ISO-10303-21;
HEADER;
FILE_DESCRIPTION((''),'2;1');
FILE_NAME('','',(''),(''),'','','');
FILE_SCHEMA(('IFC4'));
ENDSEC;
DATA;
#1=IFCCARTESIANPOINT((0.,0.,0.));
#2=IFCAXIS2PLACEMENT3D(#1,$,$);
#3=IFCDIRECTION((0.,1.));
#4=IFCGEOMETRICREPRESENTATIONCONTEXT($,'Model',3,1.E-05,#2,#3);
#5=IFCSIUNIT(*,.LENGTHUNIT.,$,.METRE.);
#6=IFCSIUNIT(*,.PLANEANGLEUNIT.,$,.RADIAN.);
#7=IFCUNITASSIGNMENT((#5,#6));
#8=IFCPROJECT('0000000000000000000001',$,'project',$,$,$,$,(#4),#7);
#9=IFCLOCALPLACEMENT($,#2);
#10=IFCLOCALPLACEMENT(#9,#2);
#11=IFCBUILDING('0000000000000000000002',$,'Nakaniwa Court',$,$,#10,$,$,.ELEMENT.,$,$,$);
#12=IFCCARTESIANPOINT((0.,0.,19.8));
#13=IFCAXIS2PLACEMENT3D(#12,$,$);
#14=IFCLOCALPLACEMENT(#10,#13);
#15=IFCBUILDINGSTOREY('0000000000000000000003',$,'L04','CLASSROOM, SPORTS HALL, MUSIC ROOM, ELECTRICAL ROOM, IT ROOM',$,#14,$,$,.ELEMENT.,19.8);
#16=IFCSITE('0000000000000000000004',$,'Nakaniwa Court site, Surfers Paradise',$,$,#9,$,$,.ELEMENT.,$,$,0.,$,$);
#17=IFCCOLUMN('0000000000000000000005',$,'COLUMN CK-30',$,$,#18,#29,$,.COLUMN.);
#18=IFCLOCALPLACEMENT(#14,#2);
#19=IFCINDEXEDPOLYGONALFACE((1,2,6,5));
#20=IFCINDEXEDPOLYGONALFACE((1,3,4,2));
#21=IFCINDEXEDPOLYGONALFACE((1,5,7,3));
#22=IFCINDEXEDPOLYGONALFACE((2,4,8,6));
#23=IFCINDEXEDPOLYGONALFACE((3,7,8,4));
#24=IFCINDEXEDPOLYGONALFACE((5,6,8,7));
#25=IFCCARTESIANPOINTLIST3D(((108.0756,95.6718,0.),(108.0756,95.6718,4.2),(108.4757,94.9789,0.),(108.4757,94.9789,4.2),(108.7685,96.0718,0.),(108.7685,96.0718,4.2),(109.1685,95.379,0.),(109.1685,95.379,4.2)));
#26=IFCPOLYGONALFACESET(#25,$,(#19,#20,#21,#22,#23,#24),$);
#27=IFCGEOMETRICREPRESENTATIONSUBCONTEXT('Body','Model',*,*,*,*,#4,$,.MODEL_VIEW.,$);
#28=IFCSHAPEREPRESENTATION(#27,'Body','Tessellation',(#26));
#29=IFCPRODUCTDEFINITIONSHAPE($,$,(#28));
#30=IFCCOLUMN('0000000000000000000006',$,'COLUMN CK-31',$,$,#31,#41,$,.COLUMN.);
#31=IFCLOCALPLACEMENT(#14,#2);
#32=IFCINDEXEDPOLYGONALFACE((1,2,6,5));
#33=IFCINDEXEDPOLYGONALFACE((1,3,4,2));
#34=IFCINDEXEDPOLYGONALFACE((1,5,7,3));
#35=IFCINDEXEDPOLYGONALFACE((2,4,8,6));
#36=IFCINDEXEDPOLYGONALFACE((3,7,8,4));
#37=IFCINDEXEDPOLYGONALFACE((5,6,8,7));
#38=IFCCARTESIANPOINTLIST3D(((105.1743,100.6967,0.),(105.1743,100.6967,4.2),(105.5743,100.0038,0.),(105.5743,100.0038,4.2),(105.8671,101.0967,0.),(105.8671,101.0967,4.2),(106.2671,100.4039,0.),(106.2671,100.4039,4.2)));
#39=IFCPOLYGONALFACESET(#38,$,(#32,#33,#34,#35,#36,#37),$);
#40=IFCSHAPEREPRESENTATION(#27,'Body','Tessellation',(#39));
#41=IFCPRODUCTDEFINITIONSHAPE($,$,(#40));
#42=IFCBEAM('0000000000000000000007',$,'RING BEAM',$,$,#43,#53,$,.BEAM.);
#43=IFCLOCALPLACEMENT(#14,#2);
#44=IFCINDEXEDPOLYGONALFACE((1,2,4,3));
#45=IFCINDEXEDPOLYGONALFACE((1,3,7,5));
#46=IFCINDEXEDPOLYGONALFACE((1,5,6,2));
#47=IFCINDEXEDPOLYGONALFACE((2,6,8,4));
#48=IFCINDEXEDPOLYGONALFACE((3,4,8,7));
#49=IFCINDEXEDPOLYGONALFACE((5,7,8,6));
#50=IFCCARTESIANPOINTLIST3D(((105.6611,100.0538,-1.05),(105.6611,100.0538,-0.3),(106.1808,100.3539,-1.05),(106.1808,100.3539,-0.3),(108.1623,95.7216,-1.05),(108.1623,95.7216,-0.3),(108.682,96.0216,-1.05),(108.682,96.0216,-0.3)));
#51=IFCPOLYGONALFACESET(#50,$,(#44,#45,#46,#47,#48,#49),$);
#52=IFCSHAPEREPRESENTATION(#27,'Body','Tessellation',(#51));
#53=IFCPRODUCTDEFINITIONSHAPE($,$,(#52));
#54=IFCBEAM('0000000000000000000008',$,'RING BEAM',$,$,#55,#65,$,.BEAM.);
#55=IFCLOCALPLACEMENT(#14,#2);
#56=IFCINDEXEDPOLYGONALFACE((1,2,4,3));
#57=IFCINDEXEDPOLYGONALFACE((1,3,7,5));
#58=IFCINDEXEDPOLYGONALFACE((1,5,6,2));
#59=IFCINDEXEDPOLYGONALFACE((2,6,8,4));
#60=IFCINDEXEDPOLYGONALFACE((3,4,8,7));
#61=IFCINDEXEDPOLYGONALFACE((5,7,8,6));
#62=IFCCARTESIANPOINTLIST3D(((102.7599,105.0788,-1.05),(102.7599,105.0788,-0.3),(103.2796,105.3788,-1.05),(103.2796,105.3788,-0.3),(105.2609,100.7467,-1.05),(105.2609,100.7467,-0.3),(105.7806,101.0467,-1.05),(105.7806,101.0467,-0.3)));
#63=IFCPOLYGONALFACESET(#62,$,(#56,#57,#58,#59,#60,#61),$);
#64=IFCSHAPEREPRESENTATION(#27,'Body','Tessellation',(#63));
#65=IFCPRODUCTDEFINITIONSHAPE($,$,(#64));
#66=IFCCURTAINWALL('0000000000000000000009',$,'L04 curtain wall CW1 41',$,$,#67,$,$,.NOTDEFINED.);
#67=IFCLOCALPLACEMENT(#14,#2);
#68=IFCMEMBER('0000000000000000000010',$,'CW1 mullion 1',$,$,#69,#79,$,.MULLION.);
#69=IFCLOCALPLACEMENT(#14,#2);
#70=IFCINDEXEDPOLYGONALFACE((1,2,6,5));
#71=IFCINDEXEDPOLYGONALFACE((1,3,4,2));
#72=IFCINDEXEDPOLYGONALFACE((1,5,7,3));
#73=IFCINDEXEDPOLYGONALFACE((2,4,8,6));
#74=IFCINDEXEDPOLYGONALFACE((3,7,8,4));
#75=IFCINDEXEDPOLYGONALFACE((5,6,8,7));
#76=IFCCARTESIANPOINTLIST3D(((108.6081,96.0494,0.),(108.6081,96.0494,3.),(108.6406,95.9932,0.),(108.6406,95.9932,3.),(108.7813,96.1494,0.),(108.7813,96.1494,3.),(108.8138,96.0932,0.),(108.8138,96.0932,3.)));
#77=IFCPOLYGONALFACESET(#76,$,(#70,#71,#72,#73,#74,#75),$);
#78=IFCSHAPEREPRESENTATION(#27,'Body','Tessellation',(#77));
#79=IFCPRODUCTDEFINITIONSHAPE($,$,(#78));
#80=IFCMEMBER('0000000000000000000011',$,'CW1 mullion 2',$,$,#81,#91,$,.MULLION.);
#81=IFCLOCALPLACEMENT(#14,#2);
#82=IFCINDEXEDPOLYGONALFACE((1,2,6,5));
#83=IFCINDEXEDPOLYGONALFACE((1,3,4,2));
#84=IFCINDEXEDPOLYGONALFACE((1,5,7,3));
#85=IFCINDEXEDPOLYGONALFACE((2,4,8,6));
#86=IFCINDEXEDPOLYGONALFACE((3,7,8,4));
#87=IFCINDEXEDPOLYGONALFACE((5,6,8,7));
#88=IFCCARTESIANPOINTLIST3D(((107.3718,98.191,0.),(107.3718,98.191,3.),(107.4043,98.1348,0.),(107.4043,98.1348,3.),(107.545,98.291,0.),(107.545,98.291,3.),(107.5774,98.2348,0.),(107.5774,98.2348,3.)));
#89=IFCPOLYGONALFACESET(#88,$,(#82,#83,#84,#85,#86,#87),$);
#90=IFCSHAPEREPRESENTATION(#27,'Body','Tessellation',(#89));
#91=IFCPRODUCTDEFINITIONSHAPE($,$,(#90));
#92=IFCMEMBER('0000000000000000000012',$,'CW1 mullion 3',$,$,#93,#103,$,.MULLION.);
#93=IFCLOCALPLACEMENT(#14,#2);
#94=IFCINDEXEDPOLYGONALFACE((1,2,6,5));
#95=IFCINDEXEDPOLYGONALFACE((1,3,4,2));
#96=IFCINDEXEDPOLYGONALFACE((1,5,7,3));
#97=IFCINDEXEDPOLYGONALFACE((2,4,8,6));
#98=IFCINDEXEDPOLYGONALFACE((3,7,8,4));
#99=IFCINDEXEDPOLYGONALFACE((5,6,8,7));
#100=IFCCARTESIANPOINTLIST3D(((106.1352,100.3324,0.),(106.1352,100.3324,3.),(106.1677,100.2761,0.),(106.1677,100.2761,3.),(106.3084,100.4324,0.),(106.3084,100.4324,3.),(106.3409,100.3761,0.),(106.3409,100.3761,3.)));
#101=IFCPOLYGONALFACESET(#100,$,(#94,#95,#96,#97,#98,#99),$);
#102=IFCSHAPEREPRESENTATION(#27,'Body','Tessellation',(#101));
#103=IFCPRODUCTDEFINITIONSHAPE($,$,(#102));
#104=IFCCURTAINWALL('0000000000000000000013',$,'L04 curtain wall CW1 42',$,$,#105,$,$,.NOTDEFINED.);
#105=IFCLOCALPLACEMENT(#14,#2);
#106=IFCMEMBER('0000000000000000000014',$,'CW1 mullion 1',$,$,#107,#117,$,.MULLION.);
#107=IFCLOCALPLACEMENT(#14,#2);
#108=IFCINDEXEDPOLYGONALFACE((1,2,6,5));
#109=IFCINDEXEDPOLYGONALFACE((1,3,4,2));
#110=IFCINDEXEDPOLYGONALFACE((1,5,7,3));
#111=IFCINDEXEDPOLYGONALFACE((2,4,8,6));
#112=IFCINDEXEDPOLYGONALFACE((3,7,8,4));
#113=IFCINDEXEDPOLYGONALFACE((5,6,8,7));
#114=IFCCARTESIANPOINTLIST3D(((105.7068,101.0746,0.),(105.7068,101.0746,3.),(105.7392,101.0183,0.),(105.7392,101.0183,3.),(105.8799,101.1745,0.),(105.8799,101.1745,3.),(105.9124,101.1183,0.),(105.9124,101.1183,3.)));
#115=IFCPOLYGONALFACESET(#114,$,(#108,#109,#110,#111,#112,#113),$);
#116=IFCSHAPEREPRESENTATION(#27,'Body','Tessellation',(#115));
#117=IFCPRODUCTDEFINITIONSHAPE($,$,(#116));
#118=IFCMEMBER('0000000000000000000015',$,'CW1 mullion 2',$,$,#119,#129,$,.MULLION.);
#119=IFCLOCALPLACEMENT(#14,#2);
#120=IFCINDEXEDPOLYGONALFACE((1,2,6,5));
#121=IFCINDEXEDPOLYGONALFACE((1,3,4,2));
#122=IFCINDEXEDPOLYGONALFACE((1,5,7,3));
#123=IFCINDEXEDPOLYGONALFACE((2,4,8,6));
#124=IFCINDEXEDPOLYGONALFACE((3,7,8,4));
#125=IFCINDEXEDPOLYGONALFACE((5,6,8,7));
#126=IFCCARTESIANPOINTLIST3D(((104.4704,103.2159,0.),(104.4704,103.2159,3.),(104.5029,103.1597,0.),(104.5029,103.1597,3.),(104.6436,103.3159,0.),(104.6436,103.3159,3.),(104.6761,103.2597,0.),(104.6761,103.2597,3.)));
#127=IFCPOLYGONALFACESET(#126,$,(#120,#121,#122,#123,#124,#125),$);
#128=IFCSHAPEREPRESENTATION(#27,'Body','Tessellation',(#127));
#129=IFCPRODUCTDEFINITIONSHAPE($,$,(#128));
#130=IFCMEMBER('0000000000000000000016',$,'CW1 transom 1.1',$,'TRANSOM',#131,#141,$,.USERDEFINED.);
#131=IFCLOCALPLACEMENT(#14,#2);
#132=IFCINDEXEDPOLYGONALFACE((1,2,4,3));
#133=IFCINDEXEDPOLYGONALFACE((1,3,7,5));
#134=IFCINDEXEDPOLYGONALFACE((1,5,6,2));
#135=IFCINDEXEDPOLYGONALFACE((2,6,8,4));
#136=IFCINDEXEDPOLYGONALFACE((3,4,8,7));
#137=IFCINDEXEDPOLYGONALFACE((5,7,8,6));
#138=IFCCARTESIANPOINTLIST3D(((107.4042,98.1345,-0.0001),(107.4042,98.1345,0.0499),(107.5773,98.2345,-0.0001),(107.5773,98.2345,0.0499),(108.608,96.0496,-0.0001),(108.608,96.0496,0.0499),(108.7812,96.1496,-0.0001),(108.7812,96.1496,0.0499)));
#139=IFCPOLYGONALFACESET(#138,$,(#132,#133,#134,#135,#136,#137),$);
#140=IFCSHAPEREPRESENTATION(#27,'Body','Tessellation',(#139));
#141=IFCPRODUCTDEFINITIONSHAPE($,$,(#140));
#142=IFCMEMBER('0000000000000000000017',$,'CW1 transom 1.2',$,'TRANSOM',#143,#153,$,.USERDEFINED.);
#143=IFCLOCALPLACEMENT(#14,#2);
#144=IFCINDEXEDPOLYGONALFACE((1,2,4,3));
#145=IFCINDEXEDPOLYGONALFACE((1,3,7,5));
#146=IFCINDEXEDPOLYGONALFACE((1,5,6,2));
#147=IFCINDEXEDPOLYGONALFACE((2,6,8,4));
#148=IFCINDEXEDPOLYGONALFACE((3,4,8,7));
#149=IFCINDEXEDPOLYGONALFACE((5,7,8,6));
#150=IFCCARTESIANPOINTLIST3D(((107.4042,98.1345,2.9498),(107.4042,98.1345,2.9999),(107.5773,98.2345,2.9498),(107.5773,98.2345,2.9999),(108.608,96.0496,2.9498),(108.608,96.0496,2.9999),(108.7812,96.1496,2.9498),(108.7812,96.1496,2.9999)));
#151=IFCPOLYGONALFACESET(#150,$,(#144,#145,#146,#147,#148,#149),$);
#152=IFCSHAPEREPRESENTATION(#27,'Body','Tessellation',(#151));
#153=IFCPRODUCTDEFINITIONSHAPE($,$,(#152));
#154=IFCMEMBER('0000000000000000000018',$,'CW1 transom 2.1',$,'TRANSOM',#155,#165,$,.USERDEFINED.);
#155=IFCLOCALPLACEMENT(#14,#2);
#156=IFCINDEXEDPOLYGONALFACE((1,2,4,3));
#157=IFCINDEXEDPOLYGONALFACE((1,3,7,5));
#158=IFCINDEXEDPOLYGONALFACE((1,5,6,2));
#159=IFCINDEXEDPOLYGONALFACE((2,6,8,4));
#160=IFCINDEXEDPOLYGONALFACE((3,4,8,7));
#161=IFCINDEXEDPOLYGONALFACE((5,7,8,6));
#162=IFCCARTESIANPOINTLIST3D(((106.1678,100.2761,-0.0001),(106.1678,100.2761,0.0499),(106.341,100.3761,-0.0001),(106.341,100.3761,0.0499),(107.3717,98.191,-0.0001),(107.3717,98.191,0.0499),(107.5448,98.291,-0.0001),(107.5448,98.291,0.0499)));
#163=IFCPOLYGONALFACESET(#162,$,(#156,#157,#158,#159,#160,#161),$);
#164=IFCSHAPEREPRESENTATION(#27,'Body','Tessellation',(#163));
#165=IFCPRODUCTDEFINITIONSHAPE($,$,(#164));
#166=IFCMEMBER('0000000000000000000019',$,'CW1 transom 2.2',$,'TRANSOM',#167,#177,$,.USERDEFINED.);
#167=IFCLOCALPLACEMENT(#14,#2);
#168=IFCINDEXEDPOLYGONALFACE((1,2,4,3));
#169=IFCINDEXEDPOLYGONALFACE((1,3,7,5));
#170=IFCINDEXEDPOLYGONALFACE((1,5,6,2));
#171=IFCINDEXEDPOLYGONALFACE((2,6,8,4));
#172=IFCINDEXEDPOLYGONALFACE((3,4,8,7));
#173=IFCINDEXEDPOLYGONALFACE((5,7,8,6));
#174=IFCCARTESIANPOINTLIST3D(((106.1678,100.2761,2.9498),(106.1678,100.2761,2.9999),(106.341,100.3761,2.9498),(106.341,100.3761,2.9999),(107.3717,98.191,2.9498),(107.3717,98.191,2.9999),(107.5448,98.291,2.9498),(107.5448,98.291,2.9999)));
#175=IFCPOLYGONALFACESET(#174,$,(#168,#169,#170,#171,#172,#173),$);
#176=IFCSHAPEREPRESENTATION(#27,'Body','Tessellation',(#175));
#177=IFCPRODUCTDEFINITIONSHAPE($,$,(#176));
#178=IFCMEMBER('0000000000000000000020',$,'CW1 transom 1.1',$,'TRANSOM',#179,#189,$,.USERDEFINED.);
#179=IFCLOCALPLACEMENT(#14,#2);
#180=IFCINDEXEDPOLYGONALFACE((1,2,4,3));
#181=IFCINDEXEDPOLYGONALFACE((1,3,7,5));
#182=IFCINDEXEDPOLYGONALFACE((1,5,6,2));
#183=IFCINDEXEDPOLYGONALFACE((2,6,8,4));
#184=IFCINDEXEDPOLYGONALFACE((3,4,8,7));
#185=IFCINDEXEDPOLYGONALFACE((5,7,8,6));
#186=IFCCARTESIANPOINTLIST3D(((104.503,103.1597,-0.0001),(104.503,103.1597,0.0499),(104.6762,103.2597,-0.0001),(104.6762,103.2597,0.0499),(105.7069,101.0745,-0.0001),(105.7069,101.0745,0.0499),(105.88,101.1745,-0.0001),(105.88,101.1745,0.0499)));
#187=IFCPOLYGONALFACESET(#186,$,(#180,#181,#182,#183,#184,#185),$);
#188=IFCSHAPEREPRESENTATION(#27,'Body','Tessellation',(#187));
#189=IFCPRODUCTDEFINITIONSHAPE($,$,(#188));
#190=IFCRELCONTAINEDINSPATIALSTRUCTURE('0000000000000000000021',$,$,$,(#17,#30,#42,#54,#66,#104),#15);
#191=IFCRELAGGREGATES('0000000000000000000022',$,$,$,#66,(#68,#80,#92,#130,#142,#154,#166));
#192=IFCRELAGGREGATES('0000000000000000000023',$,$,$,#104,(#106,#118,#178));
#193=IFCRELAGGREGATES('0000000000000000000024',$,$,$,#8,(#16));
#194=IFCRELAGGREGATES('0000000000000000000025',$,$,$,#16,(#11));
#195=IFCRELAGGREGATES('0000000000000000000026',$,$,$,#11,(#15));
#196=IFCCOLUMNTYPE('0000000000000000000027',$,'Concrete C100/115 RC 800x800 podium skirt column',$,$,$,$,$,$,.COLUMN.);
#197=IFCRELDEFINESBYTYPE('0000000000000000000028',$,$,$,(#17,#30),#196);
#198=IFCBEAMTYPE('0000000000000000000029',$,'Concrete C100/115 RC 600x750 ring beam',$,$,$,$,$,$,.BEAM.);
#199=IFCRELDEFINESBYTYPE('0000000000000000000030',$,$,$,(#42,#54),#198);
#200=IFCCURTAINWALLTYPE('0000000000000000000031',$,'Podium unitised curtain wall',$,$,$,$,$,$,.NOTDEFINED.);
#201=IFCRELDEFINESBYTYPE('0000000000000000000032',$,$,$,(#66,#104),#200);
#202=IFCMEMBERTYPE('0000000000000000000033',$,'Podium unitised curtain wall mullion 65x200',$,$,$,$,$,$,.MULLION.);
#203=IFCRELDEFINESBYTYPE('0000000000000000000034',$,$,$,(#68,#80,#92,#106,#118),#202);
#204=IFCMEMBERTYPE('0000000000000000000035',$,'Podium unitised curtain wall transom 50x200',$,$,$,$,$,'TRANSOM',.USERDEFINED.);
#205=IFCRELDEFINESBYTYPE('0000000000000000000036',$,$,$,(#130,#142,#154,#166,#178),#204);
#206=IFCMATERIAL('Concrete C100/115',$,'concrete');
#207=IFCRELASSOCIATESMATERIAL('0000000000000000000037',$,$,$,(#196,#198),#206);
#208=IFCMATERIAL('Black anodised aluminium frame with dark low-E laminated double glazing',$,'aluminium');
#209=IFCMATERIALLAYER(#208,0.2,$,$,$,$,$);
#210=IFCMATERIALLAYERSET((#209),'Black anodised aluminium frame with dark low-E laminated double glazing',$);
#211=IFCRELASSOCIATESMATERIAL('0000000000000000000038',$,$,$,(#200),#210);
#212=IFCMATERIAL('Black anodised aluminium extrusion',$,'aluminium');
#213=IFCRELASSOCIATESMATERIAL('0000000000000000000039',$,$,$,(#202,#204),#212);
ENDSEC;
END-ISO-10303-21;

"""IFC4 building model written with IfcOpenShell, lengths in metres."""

from ifc_helpers import new_model, si_unit, direction, frame, origin, origin_2d, place, context, subcontext, project, spatial, rectangle, extrude, material, layer, layer_set, material_profile, profile_set, type_object, element, aggregate, save


model = new_model("IFC4")

# Units and contexts
model_context = context("Model", 3, precision=1e-05, world=origin(), true_north=direction((0.0, 1.0)))
body_context = subcontext(model_context, "Body", "Model", "MODEL_VIEW")
ifc_project = project(units=[si_unit("LENGTHUNIT", "METRE"), si_unit("PLANEANGLEUNIT", "RADIAN")], contexts=[model_context])

# Site, building, storey
site_placement = place(None, origin())
site = spatial("IfcSite", under=ifc_project, at=site_placement, Name="Nakaniwa Court site, Surfers Paradise", CompositionType="ELEMENT", RefElevation=0.0)
building_placement = place(site_placement, origin())
building = spatial("IfcBuilding", under=site, at=building_placement, Name="Nakaniwa Court", CompositionType="ELEMENT")
storey_placement = place(building_placement, frame((0.0, 0.0, 19.8)))
storey = spatial("IfcBuildingStorey", under=building, at=storey_placement, Name="L04", Description="CLASSROOM, SPORTS HALL, MUSIC ROOM, ELECTRICAL ROOM, IT ROOM", CompositionType="ELEMENT", Elevation=19.8)

# Columns
ifc_material_1 = material(Name="Concrete C100/115", Category="concrete")
ifc_material_profile_1 = material_profile(ifc_material_1, rectangle(XDim=0.8, YDim=0.8, at=origin_2d()), Name="Concrete C100/115 RC 800x800 podium skirt column")
ifc_profile_set_1 = profile_set([ifc_material_profile_1], Name="Concrete C100/115")
column_type = type_object("IfcColumnType", Name="Concrete C100/115 RC 800x800 podium skirt column", PredefinedType="COLUMN", material=ifc_profile_set_1)
for number, where, z_axis, x_axis, name in (
    (1, (108.6221, 95.5254, 0.0), (0.0, 0.0, 1.0), (-0.5, 0.866025, 0.0), "COLUMN CK-30"),
    (2, (105.7207, 100.5503, 0.0), (0.0, 0.0, 1.0), (-0.5, 0.866025, 0.0), "COLUMN CK-31"),
):
    element("IfcColumn", number, at=place(storey_placement, frame(where, z_axis=z_axis, x_axis=x_axis)), inside=storey, type_object=column_type, Name=name, PredefinedType="COLUMN", context=body_context, shape_type="SweptSolid", body=[
        extrude(rectangle(XDim=0.8, YDim=0.8, at=origin_2d()), origin(), (0.0, 0.0, 1.0), 4.2),
    ])

# Beams
ifc_material_profile_2 = material_profile(ifc_material_1, rectangle(XDim=0.6001, YDim=0.75, at=origin_2d()), Name="Concrete C100/115 RC 600x750 ring beam")
ifc_profile_set_2 = profile_set([ifc_material_profile_2], Name="Concrete C100/115")
beam_type = type_object("IfcBeamType", Name="Concrete C100/115 RC 600x750 ring beam", PredefinedType="BEAM", material=ifc_profile_set_2)
beam_1_placement = place(storey_placement, frame((108.4221, 95.8716, -0.675), z_axis=(-0.499997, 0.866027, 0.0), x_axis=(-0.866027, -0.499997, 0.0)))
element("IfcBeam", 3, at=beam_1_placement, inside=storey, type_object=beam_type, Name="RING BEAM", PredefinedType="BEAM", context=body_context, shape_type="SweptSolid", body=[
    extrude(rectangle(XDim=0.6001, YDim=0.75, at=origin_2d()), origin(), (0.0, 0.0, 1.0), 5.0024),
])
beam_2_placement = place(storey_placement, frame((105.5208, 100.8967, -0.675), z_axis=(-0.499982, 0.866036, 0.0), x_axis=(-0.866036, -0.499982, 0.0)))
element("IfcBeam", 4, at=beam_2_placement, inside=storey, type_object=beam_type, Name="RING BEAM", PredefinedType="BEAM", context=body_context, shape_type="SweptSolid", body=[
    extrude(rectangle(XDim=0.6001, YDim=0.75, at=origin_2d()), origin(), (0.0, 0.0, 1.0), 5.0022),
])

# Curtain walls, members
ifc_material_2 = material(Name="Black anodised aluminium frame with dark low-E laminated double glazing", Category="aluminium")
ifc_layer_1 = layer(ifc_material_2, 0.2)
ifc_layer_set_1 = layer_set([ifc_layer_1], Name="Black anodised aluminium frame with dark low-E laminated double glazing")
curtain_wall_type = type_object("IfcCurtainWallType", Name="Podium unitised curtain wall", PredefinedType="NOTDEFINED", material=ifc_layer_set_1)
curtain_wall_1_placement = place(storey_placement, origin())
curtain_wall_1 = element("IfcCurtainWall", 5, at=curtain_wall_1_placement, inside=storey, type_object=curtain_wall_type, Name="L04 curtain wall CW1 41", PredefinedType="NOTDEFINED")
ifc_material_3 = material(Name="Black anodised aluminium extrusion", Category="aluminium")
ifc_material_profile_3 = material_profile(ifc_material_3, rectangle(XDim=0.2, YDim=0.0649, at=origin_2d()), Name="Podium unitised curtain wall mullion 65x200")
ifc_profile_set_3 = profile_set([ifc_material_profile_3], Name="Black anodised aluminium extrusion")
member_type_1 = type_object("IfcMemberType", Name="Podium unitised curtain wall mullion 65x200", PredefinedType="MULLION", material=ifc_profile_set_3)
member_1_placement = place(storey_placement, frame((108.7109, 96.0713, 0.0), z_axis=(0.0, 0.0, 1.0), x_axis=(-0.866029, -0.499994, 0.0)))
member_1 = element("IfcMember", 6, at=member_1_placement, type_object=member_type_1, Name="CW1 mullion 1", PredefinedType="MULLION", context=body_context, shape_type="SweptSolid", body=[
    extrude(rectangle(XDim=0.2, YDim=0.0649, at=origin_2d()), origin(), (0.0, 0.0, 1.0), 3.0),
])
member_2_placement = place(storey_placement, frame((107.4746, 98.2129, 0.0), z_axis=(0.0, 0.0, 1.0), x_axis=(-0.866029, -0.499994, 0.0)))
member_2 = element("IfcMember", 7, at=member_2_placement, type_object=member_type_1, Name="CW1 mullion 2", PredefinedType="MULLION", context=body_context, shape_type="SweptSolid", body=[
    extrude(rectangle(XDim=0.2, YDim=0.0649, at=origin_2d()), origin(), (0.0, 0.0, 1.0), 3.0),
])
member_3_placement = place(storey_placement, frame((106.238, 100.3542, 0.0), z_axis=(0.0, 0.0, 1.0), x_axis=(-0.866029, -0.499994, 0.0)))
member_3 = element("IfcMember", 8, at=member_3_placement, type_object=member_type_1, Name="CW1 mullion 3", PredefinedType="MULLION", context=body_context, shape_type="SweptSolid", body=[
    extrude(rectangle(XDim=0.2, YDim=0.0649, at=origin_2d()), origin(), (0.0, 0.0, 1.0), 3.0),
])
curtain_wall_2_placement = place(storey_placement, origin())
curtain_wall_2 = element("IfcCurtainWall", 9, at=curtain_wall_2_placement, inside=storey, type_object=curtain_wall_type, Name="L04 curtain wall CW1 42", PredefinedType="NOTDEFINED")
member_4_placement = place(storey_placement, frame((105.8096, 101.0964, 0.0), z_axis=(0.0, 0.0, 1.0), x_axis=(-0.866032, -0.499988, 0.0)))
member_4 = element("IfcMember", 10, at=member_4_placement, type_object=member_type_1, Name="CW1 mullion 1", PredefinedType="MULLION", context=body_context, shape_type="SweptSolid", body=[
    extrude(rectangle(XDim=0.2, YDim=0.0649, at=origin_2d()), origin(), (0.0, 0.0, 1.0), 3.0),
])
member_5_placement = place(storey_placement, frame((104.5732, 103.2378, 0.0), z_axis=(0.0, 0.0, 1.0), x_axis=(-0.866032, -0.499988, 0.0)))
member_5 = element("IfcMember", 11, at=member_5_placement, type_object=member_type_1, Name="CW1 mullion 2", PredefinedType="MULLION", context=body_context, shape_type="SweptSolid", body=[
    extrude(rectangle(XDim=0.2, YDim=0.0649, at=origin_2d()), origin(), (0.0, 0.0, 1.0), 3.0),
])

# Members
ifc_material_profile_4 = material_profile(ifc_material_3, rectangle(XDim=0.2, YDim=0.05, at=origin_2d()), Name="Podium unitised curtain wall transom 50x200")
ifc_profile_set_4 = profile_set([ifc_material_profile_4], Name="Black anodised aluminium extrusion")
member_type_2 = type_object("IfcMemberType", Name="Podium unitised curtain wall transom 50x200", ElementType="TRANSOM", PredefinedType="USERDEFINED", material=ifc_profile_set_4)
member_6_placement = place(storey_placement, frame((108.6946, 96.0996, 0.0249), z_axis=(-0.500033, 0.866007, 0.0), x_axis=(-0.866007, -0.500033, 0.0)))
member_6 = element("IfcMember", 12, at=member_6_placement, type_object=member_type_2, Name="CW1 transom 1.1", ObjectType="TRANSOM", PredefinedType="USERDEFINED", context=body_context, shape_type="SweptSolid", body=[
    extrude(rectangle(XDim=0.2, YDim=0.05, at=origin_2d()), origin(), (0.0, 0.0, 1.0), 2.4075),
])
member_7_placement = place(storey_placement, frame((108.6946, 96.0996, 2.9749), z_axis=(-0.500033, 0.866007, 0.0), x_axis=(-0.866007, -0.500033, 0.0)))
member_7 = element("IfcMember", 13, at=member_7_placement, type_object=member_type_2, Name="CW1 transom 1.2", ObjectType="TRANSOM", PredefinedType="USERDEFINED", context=body_context, shape_type="SweptSolid", body=[
    extrude(rectangle(XDim=0.2, YDim=0.05, at=origin_2d()), origin(), (0.0, 0.0, 1.0), 2.4075),
])
member_8_placement = place(storey_placement, frame((107.4583, 98.241, 0.0249), z_axis=(-0.499989, 0.866032, 0.0), x_axis=(-0.866032, -0.499989, 0.0)))
member_8 = element("IfcMember", 14, at=member_8_placement, type_object=member_type_2, Name="CW1 transom 2.1", ObjectType="TRANSOM", PredefinedType="USERDEFINED", context=body_context, shape_type="SweptSolid", body=[
    extrude(rectangle(XDim=0.2, YDim=0.05, at=origin_2d()), origin(), (0.0, 0.0, 1.0), 2.4077),
])
member_9_placement = place(storey_placement, frame((107.4583, 98.241, 2.9749), z_axis=(-0.499989, 0.866032, 0.0), x_axis=(-0.866032, -0.499989, 0.0)))
member_9 = element("IfcMember", 15, at=member_9_placement, type_object=member_type_2, Name="CW1 transom 2.2", ObjectType="TRANSOM", PredefinedType="USERDEFINED", context=body_context, shape_type="SweptSolid", body=[
    extrude(rectangle(XDim=0.2, YDim=0.05, at=origin_2d()), origin(), (0.0, 0.0, 1.0), 2.4077),
])
member_10_placement = place(storey_placement, frame((105.7935, 101.1245, 0.0249), z_axis=(-0.499989, 0.866032, 0.0), x_axis=(-0.866032, -0.499989, 0.0)))
member_10 = element("IfcMember", 16, at=member_10_placement, type_object=member_type_2, Name="CW1 transom 1.1", ObjectType="TRANSOM", PredefinedType="USERDEFINED", context=body_context, shape_type="SweptSolid", body=[
    extrude(rectangle(XDim=0.2, YDim=0.05, at=origin_2d()), origin(), (0.0, 0.0, 1.0), 2.4077),
])

aggregate(curtain_wall_1, [member_1, member_2, member_3, member_6, member_7, member_8, member_9])
aggregate(curtain_wall_2, [member_4, member_5, member_10])

save(model, "model.ifc")
